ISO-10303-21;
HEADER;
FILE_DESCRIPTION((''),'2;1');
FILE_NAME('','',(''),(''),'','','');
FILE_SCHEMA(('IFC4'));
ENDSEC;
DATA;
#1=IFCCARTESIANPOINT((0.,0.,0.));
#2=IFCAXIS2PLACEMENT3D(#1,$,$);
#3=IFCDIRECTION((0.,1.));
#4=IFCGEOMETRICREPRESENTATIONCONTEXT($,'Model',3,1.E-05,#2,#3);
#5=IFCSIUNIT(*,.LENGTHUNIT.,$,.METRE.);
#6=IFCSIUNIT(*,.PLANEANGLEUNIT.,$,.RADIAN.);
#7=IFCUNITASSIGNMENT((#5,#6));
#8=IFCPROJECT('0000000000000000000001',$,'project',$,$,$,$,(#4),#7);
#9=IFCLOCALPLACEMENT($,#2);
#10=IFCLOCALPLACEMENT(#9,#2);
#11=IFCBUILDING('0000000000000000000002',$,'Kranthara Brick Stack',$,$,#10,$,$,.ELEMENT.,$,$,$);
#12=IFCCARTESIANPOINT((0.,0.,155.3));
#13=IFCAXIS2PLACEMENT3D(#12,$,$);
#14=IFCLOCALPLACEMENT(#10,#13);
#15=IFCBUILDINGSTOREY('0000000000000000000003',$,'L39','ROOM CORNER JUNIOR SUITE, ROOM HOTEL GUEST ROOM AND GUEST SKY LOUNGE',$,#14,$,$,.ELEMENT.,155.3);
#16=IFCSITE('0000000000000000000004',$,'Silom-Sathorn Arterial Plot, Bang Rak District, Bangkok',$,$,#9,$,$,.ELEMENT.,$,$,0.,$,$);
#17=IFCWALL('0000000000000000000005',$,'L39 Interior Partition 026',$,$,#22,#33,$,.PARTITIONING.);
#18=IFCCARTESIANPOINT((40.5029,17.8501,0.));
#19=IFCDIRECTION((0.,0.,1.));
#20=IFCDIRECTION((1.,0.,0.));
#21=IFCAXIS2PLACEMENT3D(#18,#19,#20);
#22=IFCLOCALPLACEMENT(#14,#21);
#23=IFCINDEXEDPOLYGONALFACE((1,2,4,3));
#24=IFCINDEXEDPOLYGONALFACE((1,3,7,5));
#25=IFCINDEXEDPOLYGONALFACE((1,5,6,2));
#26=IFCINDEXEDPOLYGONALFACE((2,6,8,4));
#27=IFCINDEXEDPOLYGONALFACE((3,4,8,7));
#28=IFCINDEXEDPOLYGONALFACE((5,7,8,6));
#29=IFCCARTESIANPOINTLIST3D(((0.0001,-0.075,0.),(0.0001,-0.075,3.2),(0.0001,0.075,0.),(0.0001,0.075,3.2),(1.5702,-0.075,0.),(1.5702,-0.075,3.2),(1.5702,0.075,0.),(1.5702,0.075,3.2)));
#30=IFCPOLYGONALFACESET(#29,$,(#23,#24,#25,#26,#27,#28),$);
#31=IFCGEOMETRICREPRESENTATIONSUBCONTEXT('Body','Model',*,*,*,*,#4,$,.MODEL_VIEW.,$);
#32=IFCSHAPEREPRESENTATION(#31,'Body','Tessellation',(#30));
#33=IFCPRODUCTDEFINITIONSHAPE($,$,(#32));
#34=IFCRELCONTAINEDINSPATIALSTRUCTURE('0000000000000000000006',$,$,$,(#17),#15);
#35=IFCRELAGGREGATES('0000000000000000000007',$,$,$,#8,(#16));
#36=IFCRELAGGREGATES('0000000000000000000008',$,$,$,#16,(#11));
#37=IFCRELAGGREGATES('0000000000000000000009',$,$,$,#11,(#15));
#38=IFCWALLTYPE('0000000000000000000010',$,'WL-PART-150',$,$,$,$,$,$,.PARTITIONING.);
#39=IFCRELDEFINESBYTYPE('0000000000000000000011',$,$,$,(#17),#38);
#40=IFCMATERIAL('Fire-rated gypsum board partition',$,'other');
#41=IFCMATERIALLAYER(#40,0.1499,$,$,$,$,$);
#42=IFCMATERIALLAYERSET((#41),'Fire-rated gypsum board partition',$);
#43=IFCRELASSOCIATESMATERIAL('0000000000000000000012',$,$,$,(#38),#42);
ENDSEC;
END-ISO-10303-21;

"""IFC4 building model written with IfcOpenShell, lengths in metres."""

from ifc_helpers import new_model, si_unit, direction, frame, frame_2d, origin, place, context, subcontext, project, spatial, rectangle, extrude, material, layer, layer_set, type_object, element, save


model = new_model("IFC4")

# Units and contexts
model_context = context("Model", 3, precision=1e-05, world=origin(), true_north=direction((0.0, 1.0)))
body_context = subcontext(model_context, "Body", "Model", "MODEL_VIEW")
ifc_project = project(units=[si_unit("LENGTHUNIT", "METRE"), si_unit("PLANEANGLEUNIT", "RADIAN")], contexts=[model_context])

# Site, building, storey
site_placement = place(None, origin())
site = spatial("IfcSite", under=ifc_project, at=site_placement, Name="Silom-Sathorn Arterial Plot, Bang Rak District, Bangkok", CompositionType="ELEMENT", RefElevation=0.0)
building_placement = place(site_placement, origin())
building = spatial("IfcBuilding", under=site, at=building_placement, Name="Kranthara Brick Stack", CompositionType="ELEMENT")
storey_placement = place(building_placement, frame((0.0, 0.0, 155.3)))
storey = spatial("IfcBuildingStorey", under=building, at=storey_placement, Name="L39", Description="ROOM CORNER JUNIOR SUITE, ROOM HOTEL GUEST ROOM AND GUEST SKY LOUNGE", CompositionType="ELEMENT", Elevation=155.3)

# Wall
ifc_material_1 = material(Name="Fire-rated gypsum board partition", Category="other")
ifc_layer_1 = layer(ifc_material_1, 0.1499)
ifc_layer_set_1 = layer_set([ifc_layer_1], Name="Fire-rated gypsum board partition")
wall_type_1 = type_object("IfcWallType", Name="WL-PART-150", PredefinedType="PARTITIONING", material=ifc_layer_set_1)
wall_1_placement = place(storey_placement, frame((40.5029, 17.8501, 0.0), z_axis=(0.0, 0.0, 1.0), x_axis=(1.0, 0.0, 0.0)))
element("IfcWall", 1, at=wall_1_placement, inside=storey, type_object=wall_type_1, Name="L39 Interior Partition 026", PredefinedType="PARTITIONING", context=body_context, shape_type="SweptSolid", body=[
    extrude(rectangle(XDim=1.5701, YDim=0.1499, at=frame_2d((0.7852, 0.0))), origin(), (0.0, 0.0, 1.0), 3.2),
])

save(model, "model.ifc")
